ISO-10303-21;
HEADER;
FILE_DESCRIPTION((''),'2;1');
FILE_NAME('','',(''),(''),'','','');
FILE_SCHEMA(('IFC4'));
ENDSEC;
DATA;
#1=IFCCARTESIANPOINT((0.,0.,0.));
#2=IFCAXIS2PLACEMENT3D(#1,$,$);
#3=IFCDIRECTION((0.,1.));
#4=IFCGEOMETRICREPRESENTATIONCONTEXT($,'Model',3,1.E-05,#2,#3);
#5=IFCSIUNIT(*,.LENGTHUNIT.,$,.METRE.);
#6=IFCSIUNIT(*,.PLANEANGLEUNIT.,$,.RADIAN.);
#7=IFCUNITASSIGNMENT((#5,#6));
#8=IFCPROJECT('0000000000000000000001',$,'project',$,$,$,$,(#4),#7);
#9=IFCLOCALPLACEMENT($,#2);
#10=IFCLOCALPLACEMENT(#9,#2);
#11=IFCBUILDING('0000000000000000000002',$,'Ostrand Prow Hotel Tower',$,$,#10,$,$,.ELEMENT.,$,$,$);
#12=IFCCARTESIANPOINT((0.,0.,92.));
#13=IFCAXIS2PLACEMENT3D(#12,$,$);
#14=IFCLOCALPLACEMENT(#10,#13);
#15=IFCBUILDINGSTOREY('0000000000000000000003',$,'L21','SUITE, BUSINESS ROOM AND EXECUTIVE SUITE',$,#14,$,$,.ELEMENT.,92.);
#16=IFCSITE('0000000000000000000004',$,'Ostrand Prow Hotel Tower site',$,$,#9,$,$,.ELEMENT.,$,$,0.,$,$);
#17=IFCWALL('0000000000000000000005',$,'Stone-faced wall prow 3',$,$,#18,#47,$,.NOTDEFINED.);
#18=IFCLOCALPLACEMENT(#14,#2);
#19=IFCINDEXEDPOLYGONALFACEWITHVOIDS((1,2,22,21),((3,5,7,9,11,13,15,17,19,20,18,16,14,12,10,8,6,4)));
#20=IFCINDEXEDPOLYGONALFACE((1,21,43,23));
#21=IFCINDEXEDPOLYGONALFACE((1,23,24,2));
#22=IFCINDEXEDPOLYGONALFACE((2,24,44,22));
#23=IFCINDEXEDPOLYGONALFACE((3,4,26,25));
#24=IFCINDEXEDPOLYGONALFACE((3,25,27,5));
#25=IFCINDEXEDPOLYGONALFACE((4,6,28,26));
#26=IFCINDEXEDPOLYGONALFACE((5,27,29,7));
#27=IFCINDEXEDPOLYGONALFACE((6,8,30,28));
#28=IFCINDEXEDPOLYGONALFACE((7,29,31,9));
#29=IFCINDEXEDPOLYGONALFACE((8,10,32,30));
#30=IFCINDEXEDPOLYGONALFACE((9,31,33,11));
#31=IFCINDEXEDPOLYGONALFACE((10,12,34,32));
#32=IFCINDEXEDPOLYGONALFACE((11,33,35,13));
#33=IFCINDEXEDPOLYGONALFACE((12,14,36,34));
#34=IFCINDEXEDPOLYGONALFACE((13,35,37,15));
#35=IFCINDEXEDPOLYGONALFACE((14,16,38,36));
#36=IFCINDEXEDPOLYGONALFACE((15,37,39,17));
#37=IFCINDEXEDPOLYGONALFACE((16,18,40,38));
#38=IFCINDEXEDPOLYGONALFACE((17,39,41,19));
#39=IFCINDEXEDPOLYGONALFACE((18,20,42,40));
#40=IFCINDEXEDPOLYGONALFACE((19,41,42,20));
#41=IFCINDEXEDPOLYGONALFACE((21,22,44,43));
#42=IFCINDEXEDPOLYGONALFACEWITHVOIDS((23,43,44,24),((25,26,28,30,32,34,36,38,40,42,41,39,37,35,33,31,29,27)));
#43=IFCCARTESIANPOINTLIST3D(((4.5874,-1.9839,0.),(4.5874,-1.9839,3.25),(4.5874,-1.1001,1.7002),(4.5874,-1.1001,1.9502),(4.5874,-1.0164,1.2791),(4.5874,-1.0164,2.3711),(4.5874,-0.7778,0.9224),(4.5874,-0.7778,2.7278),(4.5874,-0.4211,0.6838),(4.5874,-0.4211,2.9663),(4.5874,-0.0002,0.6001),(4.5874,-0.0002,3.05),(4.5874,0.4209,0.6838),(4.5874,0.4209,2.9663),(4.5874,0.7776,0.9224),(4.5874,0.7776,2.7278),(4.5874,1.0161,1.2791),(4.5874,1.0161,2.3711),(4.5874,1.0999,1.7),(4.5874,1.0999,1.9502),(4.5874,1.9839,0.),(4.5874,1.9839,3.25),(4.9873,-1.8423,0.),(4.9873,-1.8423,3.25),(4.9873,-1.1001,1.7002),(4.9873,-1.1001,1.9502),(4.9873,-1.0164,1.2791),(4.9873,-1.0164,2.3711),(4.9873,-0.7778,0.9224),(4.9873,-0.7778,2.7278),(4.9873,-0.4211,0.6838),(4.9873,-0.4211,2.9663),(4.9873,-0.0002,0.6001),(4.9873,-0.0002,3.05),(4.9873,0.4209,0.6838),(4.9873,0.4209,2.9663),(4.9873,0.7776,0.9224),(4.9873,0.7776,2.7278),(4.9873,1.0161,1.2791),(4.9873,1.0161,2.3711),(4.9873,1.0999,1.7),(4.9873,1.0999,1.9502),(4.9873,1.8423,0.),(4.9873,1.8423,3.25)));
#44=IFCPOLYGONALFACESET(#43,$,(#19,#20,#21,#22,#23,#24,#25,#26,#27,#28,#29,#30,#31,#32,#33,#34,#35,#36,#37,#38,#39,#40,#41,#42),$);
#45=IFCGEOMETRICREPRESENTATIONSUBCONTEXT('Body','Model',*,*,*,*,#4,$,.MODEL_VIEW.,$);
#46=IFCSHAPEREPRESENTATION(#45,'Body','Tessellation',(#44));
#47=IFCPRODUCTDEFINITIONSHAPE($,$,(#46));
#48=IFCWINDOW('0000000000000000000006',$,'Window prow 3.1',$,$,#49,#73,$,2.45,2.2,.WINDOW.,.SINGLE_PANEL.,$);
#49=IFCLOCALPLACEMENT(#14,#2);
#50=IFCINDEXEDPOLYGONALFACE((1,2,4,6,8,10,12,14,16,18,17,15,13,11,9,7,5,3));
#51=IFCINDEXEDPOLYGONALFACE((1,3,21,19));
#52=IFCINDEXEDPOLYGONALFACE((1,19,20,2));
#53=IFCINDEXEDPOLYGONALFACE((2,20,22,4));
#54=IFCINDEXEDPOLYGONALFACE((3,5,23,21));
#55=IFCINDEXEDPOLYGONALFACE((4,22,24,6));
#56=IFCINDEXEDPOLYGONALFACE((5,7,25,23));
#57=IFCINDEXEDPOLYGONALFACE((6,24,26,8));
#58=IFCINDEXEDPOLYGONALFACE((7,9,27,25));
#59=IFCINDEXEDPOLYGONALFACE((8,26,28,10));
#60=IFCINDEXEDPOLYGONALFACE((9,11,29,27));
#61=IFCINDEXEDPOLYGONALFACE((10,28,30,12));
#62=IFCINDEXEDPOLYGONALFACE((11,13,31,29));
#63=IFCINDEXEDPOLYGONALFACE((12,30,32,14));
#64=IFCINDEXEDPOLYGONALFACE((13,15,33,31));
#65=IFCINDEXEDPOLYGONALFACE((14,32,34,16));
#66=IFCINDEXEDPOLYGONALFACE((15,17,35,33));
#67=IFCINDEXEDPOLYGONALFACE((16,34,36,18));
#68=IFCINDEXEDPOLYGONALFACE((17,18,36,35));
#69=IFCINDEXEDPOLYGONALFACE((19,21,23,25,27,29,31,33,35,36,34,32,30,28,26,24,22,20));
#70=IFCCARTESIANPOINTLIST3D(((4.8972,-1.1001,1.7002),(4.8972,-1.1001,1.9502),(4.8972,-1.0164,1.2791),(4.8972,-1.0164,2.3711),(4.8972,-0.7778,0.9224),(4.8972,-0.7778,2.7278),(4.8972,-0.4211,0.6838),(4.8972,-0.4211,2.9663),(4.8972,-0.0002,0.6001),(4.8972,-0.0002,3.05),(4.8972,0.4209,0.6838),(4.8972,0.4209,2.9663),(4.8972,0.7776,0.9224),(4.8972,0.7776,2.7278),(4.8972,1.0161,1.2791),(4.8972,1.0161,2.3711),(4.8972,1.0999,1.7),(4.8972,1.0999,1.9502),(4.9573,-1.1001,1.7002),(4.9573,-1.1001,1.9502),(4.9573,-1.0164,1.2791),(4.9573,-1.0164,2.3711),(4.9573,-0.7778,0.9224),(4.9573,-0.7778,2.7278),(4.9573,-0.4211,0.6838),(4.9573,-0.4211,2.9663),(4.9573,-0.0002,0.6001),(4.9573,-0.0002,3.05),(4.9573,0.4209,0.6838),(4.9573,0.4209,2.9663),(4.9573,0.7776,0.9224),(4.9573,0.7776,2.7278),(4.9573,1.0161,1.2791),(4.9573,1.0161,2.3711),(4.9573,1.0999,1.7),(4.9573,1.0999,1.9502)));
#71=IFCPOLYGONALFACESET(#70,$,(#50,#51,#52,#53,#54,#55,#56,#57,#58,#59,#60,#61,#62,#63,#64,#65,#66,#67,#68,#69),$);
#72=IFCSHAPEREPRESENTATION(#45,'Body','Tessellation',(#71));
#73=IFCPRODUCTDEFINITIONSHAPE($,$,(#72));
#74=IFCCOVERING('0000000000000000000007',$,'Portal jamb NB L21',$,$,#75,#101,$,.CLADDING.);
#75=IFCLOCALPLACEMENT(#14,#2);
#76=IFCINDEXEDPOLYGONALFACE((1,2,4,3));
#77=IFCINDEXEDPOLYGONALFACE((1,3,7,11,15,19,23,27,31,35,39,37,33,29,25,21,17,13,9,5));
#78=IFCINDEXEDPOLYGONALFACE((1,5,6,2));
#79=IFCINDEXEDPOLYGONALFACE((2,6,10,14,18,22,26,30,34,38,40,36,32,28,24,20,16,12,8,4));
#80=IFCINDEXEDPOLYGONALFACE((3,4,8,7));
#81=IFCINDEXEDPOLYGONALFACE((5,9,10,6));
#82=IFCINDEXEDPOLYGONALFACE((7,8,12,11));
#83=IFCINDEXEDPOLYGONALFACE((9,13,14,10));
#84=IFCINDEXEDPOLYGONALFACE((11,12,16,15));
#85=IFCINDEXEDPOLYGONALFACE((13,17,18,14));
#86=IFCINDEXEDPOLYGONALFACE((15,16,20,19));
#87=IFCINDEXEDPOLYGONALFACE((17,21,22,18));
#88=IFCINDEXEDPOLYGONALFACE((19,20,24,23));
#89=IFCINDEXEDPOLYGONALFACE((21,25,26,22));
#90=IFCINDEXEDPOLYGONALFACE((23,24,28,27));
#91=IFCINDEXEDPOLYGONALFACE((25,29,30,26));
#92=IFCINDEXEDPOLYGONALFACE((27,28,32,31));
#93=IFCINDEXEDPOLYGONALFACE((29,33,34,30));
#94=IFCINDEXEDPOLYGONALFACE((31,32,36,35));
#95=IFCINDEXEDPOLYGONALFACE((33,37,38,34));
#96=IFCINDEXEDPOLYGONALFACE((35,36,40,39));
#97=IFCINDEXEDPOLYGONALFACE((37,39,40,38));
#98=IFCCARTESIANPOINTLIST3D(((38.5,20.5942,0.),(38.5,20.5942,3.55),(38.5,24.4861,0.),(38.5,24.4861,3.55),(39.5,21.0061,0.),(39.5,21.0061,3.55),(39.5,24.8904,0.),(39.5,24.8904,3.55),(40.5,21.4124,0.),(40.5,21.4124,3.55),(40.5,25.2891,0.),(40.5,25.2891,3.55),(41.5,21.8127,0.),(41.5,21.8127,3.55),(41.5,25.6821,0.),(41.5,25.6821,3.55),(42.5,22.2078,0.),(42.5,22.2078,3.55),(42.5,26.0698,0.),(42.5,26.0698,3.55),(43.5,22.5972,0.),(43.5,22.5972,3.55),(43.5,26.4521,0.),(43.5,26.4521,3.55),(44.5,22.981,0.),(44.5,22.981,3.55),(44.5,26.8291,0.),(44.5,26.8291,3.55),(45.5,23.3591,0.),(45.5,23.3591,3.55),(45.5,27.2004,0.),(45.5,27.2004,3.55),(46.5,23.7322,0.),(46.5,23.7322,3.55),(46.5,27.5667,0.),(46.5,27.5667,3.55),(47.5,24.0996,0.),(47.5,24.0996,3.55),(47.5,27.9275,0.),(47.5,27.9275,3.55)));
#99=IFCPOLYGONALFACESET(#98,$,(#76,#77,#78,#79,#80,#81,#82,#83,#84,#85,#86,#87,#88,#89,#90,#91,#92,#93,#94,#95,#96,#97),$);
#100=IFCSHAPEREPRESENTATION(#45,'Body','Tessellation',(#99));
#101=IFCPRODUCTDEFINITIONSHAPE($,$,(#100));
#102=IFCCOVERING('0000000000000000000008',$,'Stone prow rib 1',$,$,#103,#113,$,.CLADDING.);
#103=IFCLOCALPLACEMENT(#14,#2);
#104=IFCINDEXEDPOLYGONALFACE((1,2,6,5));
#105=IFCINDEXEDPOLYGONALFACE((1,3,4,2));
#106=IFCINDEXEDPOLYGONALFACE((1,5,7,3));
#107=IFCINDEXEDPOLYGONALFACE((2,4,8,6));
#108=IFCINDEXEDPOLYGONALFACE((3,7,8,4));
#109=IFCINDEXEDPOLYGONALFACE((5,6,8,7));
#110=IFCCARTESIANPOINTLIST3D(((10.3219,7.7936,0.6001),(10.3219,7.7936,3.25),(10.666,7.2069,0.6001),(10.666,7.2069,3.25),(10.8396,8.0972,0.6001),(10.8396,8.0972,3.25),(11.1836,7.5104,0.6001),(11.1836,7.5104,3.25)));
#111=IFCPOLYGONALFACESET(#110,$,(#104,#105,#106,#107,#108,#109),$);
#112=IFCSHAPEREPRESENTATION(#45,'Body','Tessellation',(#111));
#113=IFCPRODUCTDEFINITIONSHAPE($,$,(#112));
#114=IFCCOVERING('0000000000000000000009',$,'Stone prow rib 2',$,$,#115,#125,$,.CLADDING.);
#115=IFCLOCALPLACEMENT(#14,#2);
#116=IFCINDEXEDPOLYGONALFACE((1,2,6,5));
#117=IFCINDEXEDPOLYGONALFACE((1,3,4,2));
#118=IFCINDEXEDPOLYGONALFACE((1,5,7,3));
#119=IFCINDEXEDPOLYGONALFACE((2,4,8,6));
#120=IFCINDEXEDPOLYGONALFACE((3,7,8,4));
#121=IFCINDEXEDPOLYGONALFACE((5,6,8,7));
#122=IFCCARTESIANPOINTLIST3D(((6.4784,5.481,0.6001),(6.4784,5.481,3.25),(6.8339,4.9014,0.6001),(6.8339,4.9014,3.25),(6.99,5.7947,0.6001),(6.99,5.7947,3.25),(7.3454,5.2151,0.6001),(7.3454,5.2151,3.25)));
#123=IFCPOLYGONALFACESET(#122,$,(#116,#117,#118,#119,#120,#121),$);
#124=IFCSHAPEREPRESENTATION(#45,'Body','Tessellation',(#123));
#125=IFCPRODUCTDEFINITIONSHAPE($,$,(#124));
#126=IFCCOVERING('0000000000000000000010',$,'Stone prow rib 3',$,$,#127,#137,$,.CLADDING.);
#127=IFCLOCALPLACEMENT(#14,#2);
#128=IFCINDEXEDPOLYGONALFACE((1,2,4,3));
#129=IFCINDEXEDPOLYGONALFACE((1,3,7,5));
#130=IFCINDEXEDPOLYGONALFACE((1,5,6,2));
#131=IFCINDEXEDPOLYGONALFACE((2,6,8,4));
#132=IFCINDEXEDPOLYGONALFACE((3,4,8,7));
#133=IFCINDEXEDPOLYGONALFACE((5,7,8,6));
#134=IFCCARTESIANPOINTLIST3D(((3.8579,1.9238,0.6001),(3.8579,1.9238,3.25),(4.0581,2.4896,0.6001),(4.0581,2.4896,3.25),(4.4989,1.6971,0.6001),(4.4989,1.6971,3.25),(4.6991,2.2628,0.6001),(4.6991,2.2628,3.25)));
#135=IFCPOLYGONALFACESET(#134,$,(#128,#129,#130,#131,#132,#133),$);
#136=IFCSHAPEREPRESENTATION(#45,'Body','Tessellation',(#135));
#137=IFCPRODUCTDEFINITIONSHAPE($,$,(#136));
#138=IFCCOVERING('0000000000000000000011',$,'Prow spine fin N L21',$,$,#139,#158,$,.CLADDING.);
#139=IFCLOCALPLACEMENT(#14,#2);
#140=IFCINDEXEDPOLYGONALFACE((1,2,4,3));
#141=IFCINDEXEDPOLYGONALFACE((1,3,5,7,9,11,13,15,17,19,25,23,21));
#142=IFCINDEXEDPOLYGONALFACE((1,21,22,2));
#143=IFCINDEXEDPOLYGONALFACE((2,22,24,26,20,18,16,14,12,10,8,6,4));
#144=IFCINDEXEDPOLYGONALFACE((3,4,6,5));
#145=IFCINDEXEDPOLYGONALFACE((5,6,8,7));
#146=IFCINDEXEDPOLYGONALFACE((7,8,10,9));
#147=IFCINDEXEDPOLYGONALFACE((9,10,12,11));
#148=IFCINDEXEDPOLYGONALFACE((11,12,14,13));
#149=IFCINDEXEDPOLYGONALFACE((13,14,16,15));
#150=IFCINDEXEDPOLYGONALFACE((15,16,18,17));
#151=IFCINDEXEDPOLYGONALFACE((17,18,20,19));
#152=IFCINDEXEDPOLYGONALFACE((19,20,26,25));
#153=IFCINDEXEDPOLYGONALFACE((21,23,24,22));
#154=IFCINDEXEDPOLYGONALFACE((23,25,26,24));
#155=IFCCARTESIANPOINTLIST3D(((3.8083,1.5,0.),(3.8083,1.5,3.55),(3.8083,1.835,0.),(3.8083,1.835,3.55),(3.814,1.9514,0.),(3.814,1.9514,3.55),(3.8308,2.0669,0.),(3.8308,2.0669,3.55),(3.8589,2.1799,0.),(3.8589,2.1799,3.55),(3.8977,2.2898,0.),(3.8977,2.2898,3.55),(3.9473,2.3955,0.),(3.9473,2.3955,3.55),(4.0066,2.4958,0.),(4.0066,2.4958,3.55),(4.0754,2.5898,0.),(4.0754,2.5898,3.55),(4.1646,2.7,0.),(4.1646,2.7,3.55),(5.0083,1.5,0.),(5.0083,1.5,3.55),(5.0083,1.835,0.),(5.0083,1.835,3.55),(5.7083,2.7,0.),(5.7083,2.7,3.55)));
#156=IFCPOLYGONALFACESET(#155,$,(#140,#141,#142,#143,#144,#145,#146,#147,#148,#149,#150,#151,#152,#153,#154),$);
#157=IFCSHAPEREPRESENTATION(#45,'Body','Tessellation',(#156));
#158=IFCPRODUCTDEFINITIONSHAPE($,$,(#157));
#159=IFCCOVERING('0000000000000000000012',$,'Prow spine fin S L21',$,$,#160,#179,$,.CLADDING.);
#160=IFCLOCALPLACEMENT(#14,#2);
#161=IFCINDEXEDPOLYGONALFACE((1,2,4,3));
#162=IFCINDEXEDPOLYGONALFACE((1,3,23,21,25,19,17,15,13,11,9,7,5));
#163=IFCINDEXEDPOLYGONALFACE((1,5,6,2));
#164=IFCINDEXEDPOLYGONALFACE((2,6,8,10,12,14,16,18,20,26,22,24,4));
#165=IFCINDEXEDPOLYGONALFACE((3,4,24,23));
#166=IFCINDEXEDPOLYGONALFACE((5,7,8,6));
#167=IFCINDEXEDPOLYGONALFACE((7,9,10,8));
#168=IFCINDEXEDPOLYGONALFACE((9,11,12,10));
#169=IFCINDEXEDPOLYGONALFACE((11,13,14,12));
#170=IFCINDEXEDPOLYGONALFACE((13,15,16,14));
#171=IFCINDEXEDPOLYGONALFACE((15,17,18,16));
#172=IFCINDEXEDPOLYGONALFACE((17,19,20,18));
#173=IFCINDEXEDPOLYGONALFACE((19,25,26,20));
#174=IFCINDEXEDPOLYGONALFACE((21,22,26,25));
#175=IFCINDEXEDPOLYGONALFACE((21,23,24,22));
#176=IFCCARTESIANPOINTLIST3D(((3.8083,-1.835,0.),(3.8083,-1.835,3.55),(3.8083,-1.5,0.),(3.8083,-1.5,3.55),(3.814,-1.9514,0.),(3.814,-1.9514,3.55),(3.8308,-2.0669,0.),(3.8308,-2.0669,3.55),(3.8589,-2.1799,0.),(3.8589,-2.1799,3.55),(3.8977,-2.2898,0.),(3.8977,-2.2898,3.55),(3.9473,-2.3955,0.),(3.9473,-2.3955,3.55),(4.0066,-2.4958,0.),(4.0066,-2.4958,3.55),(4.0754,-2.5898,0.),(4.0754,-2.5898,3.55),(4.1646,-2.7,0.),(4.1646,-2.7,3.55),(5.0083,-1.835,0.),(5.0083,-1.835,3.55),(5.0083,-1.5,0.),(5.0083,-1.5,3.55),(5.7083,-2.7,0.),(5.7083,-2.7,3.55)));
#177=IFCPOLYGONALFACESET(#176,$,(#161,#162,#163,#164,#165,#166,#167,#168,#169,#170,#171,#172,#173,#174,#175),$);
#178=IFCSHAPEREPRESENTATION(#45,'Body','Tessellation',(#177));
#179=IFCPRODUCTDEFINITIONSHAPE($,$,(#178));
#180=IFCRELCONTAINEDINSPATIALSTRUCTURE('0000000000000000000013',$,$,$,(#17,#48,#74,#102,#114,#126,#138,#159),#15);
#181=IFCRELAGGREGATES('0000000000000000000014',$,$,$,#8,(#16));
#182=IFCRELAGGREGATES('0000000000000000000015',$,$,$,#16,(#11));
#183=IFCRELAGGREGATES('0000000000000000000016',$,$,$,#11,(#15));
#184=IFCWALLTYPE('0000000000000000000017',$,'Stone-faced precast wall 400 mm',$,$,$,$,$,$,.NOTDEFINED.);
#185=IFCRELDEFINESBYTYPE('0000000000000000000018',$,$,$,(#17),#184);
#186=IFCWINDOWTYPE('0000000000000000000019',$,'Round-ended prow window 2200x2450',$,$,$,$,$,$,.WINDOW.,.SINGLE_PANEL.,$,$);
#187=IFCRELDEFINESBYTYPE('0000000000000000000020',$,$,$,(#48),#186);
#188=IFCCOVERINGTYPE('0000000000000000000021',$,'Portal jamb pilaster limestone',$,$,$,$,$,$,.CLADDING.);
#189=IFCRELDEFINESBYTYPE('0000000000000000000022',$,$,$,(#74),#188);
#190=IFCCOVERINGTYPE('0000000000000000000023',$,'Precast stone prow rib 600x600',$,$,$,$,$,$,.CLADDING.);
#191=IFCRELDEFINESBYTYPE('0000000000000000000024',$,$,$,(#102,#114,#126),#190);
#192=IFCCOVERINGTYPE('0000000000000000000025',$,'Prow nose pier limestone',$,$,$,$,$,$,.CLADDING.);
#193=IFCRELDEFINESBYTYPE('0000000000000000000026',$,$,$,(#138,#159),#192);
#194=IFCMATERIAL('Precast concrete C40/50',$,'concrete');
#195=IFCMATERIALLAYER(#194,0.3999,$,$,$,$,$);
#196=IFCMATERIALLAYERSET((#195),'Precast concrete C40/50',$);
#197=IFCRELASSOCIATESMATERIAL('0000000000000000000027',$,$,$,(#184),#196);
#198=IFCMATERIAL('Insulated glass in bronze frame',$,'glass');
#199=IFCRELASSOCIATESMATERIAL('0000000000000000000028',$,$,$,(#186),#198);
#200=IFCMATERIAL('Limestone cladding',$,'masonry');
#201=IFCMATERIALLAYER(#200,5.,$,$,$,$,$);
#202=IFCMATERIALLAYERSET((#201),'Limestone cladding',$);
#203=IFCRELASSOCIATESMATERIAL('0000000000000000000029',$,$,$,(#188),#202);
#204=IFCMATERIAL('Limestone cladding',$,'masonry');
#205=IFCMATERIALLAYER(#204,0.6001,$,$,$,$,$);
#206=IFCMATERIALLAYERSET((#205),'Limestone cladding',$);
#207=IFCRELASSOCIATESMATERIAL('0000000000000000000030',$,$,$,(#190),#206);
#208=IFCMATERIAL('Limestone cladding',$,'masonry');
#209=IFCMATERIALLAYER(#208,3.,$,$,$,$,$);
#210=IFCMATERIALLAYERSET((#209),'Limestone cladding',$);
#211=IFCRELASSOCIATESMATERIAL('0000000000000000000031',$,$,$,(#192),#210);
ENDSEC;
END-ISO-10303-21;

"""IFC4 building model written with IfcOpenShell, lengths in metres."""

from ifc_helpers import new_model, si_unit, direction, frame, frame_2d, origin, place, context, subcontext, project, spatial, polyline, rectangle, outline, extrude, material, layer, layer_set, type_object, element, fill, save


model = new_model("IFC4")

# Units and contexts
model_context = context("Model", 3, precision=1e-05, world=origin(), true_north=direction((0.0, 1.0)))
body_context = subcontext(model_context, "Body", "Model", "MODEL_VIEW")
ifc_project = project(units=[si_unit("LENGTHUNIT", "METRE"), si_unit("PLANEANGLEUNIT", "RADIAN")], contexts=[model_context])

# Site, building, storey
site_placement = place(None, origin())
site = spatial("IfcSite", under=ifc_project, at=site_placement, Name="Ostrand Prow Hotel Tower site", CompositionType="ELEMENT", RefElevation=0.0)
building_placement = place(site_placement, origin())
building = spatial("IfcBuilding", under=site, at=building_placement, Name="Ostrand Prow Hotel Tower", CompositionType="ELEMENT")
storey_placement = place(building_placement, frame((0.0, 0.0, 92.0)))
storey = spatial("IfcBuildingStorey", under=building, at=storey_placement, Name="L21", Description="SUITE, BUSINESS ROOM AND EXECUTIVE SUITE", CompositionType="ELEMENT", Elevation=92.0)

# Wall, opening, window
ifc_material_1 = material(Name="Precast concrete C40/50", Category="concrete")
ifc_layer_1 = layer(ifc_material_1, 0.3999)
ifc_layer_set_1 = layer_set([ifc_layer_1], Name="Precast concrete C40/50")
wall_type_1 = type_object("IfcWallType", Name="Stone-faced precast wall 400 mm", PredefinedType="NOTDEFINED", material=ifc_layer_set_1)
ifc_material_2 = material(Name="Insulated glass in bronze frame", Category="glass")
window_type = type_object("IfcWindowType", Name="Round-ended prow window 2200x2450", PartitioningType="SINGLE_PANEL", PredefinedType="WINDOW", material=ifc_material_2)
wall_1_placement = place(storey_placement, frame((4.7874, 1.9131, 0.0), z_axis=(0.0, 0.0, 1.0), x_axis=(0.0, -1.0, 0.0)))
wall_1 = element("IfcWall", 1, at=wall_1_placement, inside=storey, type_object=wall_type_1, Name="Stone-faced wall prow 3", PredefinedType="NOTDEFINED", context=body_context, shape_type="SweptSolid", body=[
    extrude(outline(polyline([(-0.0708, -0.2), (3.897, -0.2), (3.7554, 0.2), (0.0708, 0.2), (-0.0708, -0.2)])), origin(), (0.0, 0.0, 1.0), 3.25),
])
opening_1_placement = place(wall_1_placement, frame((0.8132, 0.0, 0.6001)))
opening_1 = element("IfcOpeningElement", 2, at=opening_1_placement, cuts=wall_1, PredefinedType="OPENING", context=body_context, shape_type="SweptSolid", body=[
    extrude(outline(polyline([(0.0, 1.3501), (0.0837, 1.771), (0.3223, 2.1277), (0.679, 2.3662), (1.1001, 2.45), (1.521, 2.3662), (1.8777, 2.1277), (2.1162, 1.771), (2.2, 1.3501), (2.2, 1.1001), (2.1162, 0.679), (1.8777, 0.3223), (1.521, 0.0837), (1.1001, 0.0), (0.679, 0.0837), (0.3223, 0.3223), (0.0837, 0.679), (0.0, 1.0999), (0.0, 1.3501)])), frame((0.0, 0.21, 0.0), z_axis=(0.0, -1.0, 0.0), x_axis=(1.0, 0.0, 0.0)), (0.0, 0.0, 1.0), 0.4199),
])
window_1_placement = place(opening_1_placement, origin())
window_1 = element("IfcWindow", 3, at=window_1_placement, inside=storey, type_object=window_type, Name="Window prow 3.1", OverallHeight=2.45, OverallWidth=2.2, PartitioningType="SINGLE_PANEL", PredefinedType="WINDOW", context=body_context, shape_type="SweptSolid", body=[
    extrude(outline(polyline([(0.0, 1.3501), (0.0837, 1.771), (0.3223, 2.1277), (0.679, 2.3662), (1.1001, 2.45), (1.521, 2.3662), (1.8777, 2.1277), (2.1162, 1.771), (2.2, 1.3501), (2.2, 1.1001), (2.1162, 0.679), (1.8777, 0.3223), (1.521, 0.0837), (1.1001, 0.0), (0.679, 0.0837), (0.3223, 0.3223), (0.0837, 0.679), (0.0, 1.0999), (0.0, 1.3501)])), frame((0.0, 0.1699, 0.0), z_axis=(0.0, -1.0, 0.0), x_axis=(1.0, 0.0, 0.0)), (0.0, 0.0, 1.0), 0.0601),
])
fill(opening_1, window_1)

# Coverings
ifc_material_3 = material(Name="Limestone cladding", Category="masonry")
ifc_layer_2 = layer(ifc_material_3, 5.0)
ifc_layer_set_2 = layer_set([ifc_layer_2], Name="Limestone cladding")
covering_type_1 = type_object("IfcCoveringType", Name="Portal jamb pilaster limestone", PredefinedType="CLADDING", material=ifc_layer_set_2)
covering_1_placement = place(storey_placement, origin())
element("IfcCovering", 4, at=covering_1_placement, inside=storey, type_object=covering_type_1, Name="Portal jamb NB L21", PredefinedType="CLADDING", context=body_context, shape_type="SweptSolid", body=[
    extrude(outline(polyline([(38.5, 20.5942), (39.5, 21.0061), (40.5, 21.4124), (41.5, 21.8127), (42.5, 22.2078), (43.5, 22.5972), (44.5, 22.981), (45.5, 23.3591), (46.5, 23.7322), (47.5, 24.0996), (47.5, 27.9275), (46.5, 27.5667), (45.5, 27.2004), (44.5, 26.8291), (43.5, 26.4521), (42.5, 26.0698), (41.5, 25.6821), (40.5, 25.2891), (39.5, 24.8904), (38.5, 24.4861), (38.5, 20.5942)])), origin(), (0.0, 0.0, 1.0), 3.55),
])
ifc_material_4 = material(Name="Limestone cladding", Category="masonry")
ifc_layer_3 = layer(ifc_material_4, 0.6001)
ifc_layer_set_3 = layer_set([ifc_layer_3], Name="Limestone cladding")
covering_type_2 = type_object("IfcCoveringType", Name="Precast stone prow rib 600x600", PredefinedType="CLADDING", material=ifc_layer_set_3)
covering_2_placement = place(storey_placement, frame((10.9248, 7.3586, 0.6001), z_axis=(0.0, 0.0, 1.0), x_axis=(-0.505812, 0.862644, 0.0)))
element("IfcCovering", 5, at=covering_2_placement, inside=storey, type_object=covering_type_2, Name="Stone prow rib 1", PredefinedType="CLADDING", context=body_context, shape_type="SweptSolid", body=[
    extrude(rectangle(XDim=0.6802, YDim=0.6001, at=frame_2d((0.3401, 0.0))), origin(), (0.0, 0.0, 1.0), 2.6499),
])
for number, where, z_axis, x_axis, name in (
    (6, (7.0896, 5.0583, 0.6001), (0.0, 0.0, 1.0), (-0.522815, 0.852446, 0.0), "Stone prow rib 2"),
    (7, (4.5989, 1.98, 0.6001), (0.0, 0.0, 1.0), (-0.942745, 0.333515, 0.0), "Stone prow rib 3"),
):
    element("IfcCovering", number, at=place(storey_placement, frame(where, z_axis=z_axis, x_axis=x_axis)), inside=storey, type_object=covering_type_2, Name=name, PredefinedType="CLADDING", context=body_context, shape_type="SweptSolid", body=[
        extrude(rectangle(XDim=0.6799, YDim=0.6001, at=frame_2d((0.3398, 0.0))), origin(), (0.0, 0.0, 1.0), 2.6499),
    ])
ifc_material_5 = material(Name="Limestone cladding", Category="masonry")
ifc_layer_4 = layer(ifc_material_5, 3.0)
ifc_layer_set_4 = layer_set([ifc_layer_4], Name="Limestone cladding")
covering_type_3 = type_object("IfcCoveringType", Name="Prow nose pier limestone", PredefinedType="CLADDING", material=ifc_layer_set_4)
covering_3_placement = place(storey_placement, origin())
element("IfcCovering", 8, at=covering_3_placement, inside=storey, type_object=covering_type_3, Name="Prow spine fin N L21", PredefinedType="CLADDING", context=body_context, shape_type="SweptSolid", body=[
    extrude(outline(polyline([(3.8083, 1.835), (3.8083, 1.5), (5.0083, 1.5), (5.0083, 1.835), (5.7083, 2.7), (4.1646, 2.7), (4.0754, 2.5898), (4.0066, 2.4958), (3.9473, 2.3955), (3.8977, 2.2898), (3.8589, 2.1799), (3.8308, 2.0669), (3.814, 1.9514), (3.8083, 1.835)])), origin(), (0.0, 0.0, 1.0), 3.55),
])
covering_4_placement = place(storey_placement, origin())
element("IfcCovering", 9, at=covering_4_placement, inside=storey, type_object=covering_type_3, Name="Prow spine fin S L21", PredefinedType="CLADDING", context=body_context, shape_type="SweptSolid", body=[
    extrude(outline(polyline([(4.0754, -2.5898), (4.1646, -2.7), (5.7083, -2.7), (5.0083, -1.835), (5.0083, -1.5), (3.8083, -1.5), (3.8083, -1.835), (3.814, -1.9514), (3.8308, -2.0669), (3.8589, -2.1799), (3.8977, -2.2898), (3.9473, -2.3955), (4.0066, -2.4958), (4.0754, -2.5898)])), origin(), (0.0, 0.0, 1.0), 3.55),
])

save(model, "model.ifc")
